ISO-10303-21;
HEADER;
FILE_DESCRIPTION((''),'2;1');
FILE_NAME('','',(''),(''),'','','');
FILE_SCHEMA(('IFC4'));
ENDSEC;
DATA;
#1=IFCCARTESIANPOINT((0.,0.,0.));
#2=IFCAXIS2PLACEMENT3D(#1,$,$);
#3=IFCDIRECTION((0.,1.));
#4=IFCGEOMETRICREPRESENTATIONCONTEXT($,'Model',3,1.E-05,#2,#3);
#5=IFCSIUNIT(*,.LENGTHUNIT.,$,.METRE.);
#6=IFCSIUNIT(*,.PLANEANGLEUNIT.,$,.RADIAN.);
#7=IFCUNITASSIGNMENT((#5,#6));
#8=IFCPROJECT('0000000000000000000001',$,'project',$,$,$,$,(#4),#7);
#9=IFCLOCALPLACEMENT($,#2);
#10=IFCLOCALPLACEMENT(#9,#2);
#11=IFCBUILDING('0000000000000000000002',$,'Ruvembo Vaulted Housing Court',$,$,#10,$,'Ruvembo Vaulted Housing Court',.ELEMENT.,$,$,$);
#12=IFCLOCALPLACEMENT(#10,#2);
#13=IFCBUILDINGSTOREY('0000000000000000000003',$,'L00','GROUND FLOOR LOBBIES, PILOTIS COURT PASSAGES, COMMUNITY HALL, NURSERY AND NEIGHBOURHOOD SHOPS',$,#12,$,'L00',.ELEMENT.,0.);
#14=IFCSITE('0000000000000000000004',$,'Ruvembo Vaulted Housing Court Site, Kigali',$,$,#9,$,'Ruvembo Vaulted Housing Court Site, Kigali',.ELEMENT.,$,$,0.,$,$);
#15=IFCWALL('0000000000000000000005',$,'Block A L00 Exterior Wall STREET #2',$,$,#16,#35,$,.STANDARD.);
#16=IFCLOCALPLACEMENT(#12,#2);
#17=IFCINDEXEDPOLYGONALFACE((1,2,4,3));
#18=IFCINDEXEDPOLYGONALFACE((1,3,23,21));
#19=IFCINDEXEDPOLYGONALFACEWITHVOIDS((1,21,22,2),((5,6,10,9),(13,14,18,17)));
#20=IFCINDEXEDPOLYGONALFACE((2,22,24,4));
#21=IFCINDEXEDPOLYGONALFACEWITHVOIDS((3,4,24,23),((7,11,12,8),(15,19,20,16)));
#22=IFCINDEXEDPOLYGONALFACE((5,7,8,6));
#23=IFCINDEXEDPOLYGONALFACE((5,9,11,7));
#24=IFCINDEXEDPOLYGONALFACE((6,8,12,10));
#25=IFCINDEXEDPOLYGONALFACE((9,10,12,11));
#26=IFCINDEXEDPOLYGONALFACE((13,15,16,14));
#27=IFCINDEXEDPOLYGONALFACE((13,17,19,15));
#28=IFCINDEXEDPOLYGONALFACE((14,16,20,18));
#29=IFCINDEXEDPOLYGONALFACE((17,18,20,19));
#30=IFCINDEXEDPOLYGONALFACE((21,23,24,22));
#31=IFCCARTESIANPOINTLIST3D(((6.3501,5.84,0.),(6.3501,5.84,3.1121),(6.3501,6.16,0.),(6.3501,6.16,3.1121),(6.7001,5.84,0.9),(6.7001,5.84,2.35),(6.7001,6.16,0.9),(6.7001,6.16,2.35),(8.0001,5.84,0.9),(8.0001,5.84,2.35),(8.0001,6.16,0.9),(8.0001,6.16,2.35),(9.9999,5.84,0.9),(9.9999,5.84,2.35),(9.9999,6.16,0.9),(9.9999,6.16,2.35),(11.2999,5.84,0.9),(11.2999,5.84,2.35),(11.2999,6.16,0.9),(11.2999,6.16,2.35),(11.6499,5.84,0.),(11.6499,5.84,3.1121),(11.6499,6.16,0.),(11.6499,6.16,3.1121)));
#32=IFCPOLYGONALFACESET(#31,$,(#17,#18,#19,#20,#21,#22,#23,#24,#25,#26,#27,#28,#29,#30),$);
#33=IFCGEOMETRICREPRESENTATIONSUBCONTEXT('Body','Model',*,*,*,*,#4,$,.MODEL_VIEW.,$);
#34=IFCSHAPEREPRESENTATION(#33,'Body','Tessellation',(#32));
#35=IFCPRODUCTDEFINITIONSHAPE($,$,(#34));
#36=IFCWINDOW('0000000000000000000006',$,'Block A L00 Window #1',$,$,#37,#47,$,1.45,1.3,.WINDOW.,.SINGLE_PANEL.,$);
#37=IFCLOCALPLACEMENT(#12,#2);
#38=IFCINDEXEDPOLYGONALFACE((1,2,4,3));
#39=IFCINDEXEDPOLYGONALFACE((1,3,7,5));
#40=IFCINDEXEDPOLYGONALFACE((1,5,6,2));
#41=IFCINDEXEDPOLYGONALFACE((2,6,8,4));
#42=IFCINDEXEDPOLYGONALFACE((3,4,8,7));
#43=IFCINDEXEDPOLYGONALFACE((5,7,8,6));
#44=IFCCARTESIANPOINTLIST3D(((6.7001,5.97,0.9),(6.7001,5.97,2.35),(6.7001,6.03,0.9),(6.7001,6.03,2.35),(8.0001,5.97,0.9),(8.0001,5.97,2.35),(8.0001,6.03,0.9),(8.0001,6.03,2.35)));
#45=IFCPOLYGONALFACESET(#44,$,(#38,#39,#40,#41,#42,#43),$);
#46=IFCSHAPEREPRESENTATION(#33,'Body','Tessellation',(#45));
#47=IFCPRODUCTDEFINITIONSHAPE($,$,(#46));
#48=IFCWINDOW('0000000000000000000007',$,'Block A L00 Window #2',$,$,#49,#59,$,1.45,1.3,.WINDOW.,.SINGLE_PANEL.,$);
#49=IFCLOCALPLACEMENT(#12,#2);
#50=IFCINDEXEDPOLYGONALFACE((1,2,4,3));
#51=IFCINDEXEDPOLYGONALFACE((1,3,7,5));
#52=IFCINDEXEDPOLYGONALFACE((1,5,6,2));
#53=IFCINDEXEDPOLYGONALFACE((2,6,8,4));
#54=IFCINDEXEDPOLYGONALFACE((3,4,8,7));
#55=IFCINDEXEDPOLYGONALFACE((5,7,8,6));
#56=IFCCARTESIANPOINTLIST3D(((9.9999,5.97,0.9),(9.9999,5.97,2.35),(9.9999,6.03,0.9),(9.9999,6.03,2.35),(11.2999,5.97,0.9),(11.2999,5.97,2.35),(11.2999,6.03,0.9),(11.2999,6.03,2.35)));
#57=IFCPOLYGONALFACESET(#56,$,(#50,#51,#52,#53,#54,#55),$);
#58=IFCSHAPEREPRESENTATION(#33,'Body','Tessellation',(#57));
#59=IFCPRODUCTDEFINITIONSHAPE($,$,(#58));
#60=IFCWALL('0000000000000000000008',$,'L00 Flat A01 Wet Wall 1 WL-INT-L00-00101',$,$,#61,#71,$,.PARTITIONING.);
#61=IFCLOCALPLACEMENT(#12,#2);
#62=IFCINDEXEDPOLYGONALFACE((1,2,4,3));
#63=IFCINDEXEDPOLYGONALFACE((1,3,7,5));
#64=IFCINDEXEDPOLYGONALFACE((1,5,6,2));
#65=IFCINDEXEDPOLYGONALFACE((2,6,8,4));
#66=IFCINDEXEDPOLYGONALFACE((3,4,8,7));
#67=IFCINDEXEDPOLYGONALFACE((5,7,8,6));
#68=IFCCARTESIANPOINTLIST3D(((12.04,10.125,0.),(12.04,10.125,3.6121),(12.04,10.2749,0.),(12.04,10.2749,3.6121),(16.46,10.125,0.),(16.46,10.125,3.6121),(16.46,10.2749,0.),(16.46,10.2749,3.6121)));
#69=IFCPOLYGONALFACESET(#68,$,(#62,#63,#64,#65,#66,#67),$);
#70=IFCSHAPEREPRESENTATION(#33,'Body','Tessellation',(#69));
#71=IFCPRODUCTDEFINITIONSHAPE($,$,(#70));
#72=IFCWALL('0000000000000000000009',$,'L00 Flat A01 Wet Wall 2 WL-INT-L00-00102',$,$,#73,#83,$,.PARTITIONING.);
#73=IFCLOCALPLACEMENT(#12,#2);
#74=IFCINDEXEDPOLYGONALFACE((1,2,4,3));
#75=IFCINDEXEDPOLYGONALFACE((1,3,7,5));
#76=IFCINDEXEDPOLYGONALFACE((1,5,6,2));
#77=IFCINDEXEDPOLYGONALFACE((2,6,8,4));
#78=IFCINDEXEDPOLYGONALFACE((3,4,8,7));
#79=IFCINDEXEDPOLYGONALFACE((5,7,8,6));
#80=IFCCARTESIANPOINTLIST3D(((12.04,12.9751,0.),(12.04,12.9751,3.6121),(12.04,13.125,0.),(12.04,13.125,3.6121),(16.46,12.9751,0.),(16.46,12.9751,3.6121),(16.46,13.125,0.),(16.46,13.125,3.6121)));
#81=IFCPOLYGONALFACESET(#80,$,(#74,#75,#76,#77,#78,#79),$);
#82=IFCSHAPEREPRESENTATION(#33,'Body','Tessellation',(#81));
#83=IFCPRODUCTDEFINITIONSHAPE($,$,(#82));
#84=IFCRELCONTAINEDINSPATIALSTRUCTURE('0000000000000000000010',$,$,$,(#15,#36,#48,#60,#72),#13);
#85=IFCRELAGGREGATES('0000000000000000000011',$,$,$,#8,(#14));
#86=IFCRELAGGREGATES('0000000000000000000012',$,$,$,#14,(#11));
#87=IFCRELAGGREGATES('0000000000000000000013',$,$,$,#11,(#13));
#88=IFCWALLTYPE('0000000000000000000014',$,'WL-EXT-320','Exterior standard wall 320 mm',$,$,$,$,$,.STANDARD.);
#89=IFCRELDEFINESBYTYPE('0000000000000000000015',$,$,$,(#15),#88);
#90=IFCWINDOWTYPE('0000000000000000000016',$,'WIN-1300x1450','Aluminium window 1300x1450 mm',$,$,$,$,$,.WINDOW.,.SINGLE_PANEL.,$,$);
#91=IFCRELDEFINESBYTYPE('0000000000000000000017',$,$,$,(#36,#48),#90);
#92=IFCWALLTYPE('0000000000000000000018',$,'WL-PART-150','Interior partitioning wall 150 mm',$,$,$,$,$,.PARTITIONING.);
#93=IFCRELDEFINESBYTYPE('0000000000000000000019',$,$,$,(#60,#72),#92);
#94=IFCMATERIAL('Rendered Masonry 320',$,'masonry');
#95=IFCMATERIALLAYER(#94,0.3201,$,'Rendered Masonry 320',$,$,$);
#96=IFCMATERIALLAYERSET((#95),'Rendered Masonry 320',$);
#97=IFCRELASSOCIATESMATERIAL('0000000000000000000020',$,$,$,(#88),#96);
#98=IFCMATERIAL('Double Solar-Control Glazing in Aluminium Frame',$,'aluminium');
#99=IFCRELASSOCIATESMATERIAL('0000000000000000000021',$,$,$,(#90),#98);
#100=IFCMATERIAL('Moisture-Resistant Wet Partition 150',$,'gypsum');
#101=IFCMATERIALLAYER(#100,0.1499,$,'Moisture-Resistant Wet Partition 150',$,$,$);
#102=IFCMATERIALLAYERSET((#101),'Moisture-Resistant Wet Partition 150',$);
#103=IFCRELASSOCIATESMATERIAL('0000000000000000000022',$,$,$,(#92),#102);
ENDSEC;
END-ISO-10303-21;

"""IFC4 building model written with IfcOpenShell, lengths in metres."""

from ifc_helpers import new_model, si_unit, direction, frame, frame_2d, origin, place, context, subcontext, project, spatial, rectangle, extrude, material, layer, layer_set, type_object, element, fill, save


model = new_model("IFC4")

# Units and contexts
model_context = context("Model", 3, precision=1e-05, world=origin(), true_north=direction((0.0, 1.0)))
body_context = subcontext(model_context, "Body", "Model", "MODEL_VIEW")
ifc_project = project(units=[si_unit("LENGTHUNIT", "METRE"), si_unit("PLANEANGLEUNIT", "RADIAN")], contexts=[model_context])

# Site, building, storey
site_placement = place(None, origin())
site = spatial("IfcSite", under=ifc_project, at=site_placement, Name="Ruvembo Vaulted Housing Court Site, Kigali", LongName="Ruvembo Vaulted Housing Court Site, Kigali", CompositionType="ELEMENT", RefElevation=0.0)
building_placement = place(site_placement, origin())
building = spatial("IfcBuilding", under=site, at=building_placement, Name="Ruvembo Vaulted Housing Court", LongName="Ruvembo Vaulted Housing Court", CompositionType="ELEMENT")
storey_placement = place(building_placement, origin())
storey = spatial("IfcBuildingStorey", under=building, at=storey_placement, Name="L00", Description="GROUND FLOOR LOBBIES, PILOTIS COURT PASSAGES, COMMUNITY HALL, NURSERY AND NEIGHBOURHOOD SHOPS", LongName="L00", CompositionType="ELEMENT", Elevation=0.0)

# Wall, openings, windows
ifc_material_1 = material(Name="Rendered Masonry 320", Category="masonry")
ifc_layer_1 = layer(ifc_material_1, 0.3201, Name="Rendered Masonry 320")
ifc_layer_set_1 = layer_set([ifc_layer_1], Name="Rendered Masonry 320")
wall_type_1 = type_object("IfcWallType", Name="WL-EXT-320", Description="Exterior standard wall 320 mm", PredefinedType="STANDARD", material=ifc_layer_set_1)
wall_1_placement = place(storey_placement, frame((6.3501, 6.0, 0.0), z_axis=(0.0, 0.0, 1.0), x_axis=(1.0, 0.0, 0.0)))
wall_1 = element("IfcWall", 1, at=wall_1_placement, inside=storey, type_object=wall_type_1, Name="Block A L00 Exterior Wall STREET #2", PredefinedType="STANDARD", context=body_context, shape_type="SweptSolid", body=[
    extrude(rectangle(XDim=5.2998, YDim=0.3201, at=frame_2d((2.6499, 0.0))), origin(), (0.0, 0.0, 1.0), 3.1121),
])
opening_1_placement = place(wall_1_placement, frame((0.3501, 0.0, 0.8999)))
opening_1 = element("IfcOpeningElement", 2, at=opening_1_placement, cuts=wall_1, PredefinedType="OPENING", context=body_context, shape_type="SweptSolid", body=[
    extrude(rectangle(XDim=1.3, YDim=1.45, at=frame_2d((0.6499, 0.7251))), frame((0.0, 0.1699, 0.0), z_axis=(0.0, -1.0, 0.0), x_axis=(1.0, 0.0, 0.0)), (0.0, 0.0, 1.0), 0.3401),
])
opening_2_placement = place(wall_1_placement, frame((3.6499, 0.0, 0.8999)))
opening_2 = element("IfcOpeningElement", 3, at=opening_2_placement, cuts=wall_1, PredefinedType="OPENING", context=body_context, shape_type="SweptSolid", body=[
    extrude(rectangle(XDim=1.3, YDim=1.45, at=frame_2d((0.6499, 0.7251))), frame((0.0, 0.1699, 0.0), z_axis=(0.0, -1.0, 0.0), x_axis=(1.0, 0.0, 0.0)), (0.0, 0.0, 1.0), 0.3401),
])
ifc_material_2 = material(Name="Double Solar-Control Glazing in Aluminium Frame", Category="aluminium")
window_type = type_object("IfcWindowType", Name="WIN-1300x1450", Description="Aluminium window 1300x1450 mm", PartitioningType="SINGLE_PANEL", PredefinedType="WINDOW", material=ifc_material_2)
window_1_placement = place(opening_1_placement, origin())
window_1 = element("IfcWindow", 4, at=window_1_placement, inside=storey, type_object=window_type, Name="Block A L00 Window #1", OverallHeight=1.45, OverallWidth=1.3, PartitioningType="SINGLE_PANEL", PredefinedType="WINDOW", context=body_context, shape_type="SweptSolid", body=[
    extrude(rectangle(XDim=1.3, YDim=1.45, at=frame_2d((0.6499, 0.7251))), frame((0.0, 0.03, 0.0), z_axis=(0.0, -1.0, 0.0), x_axis=(1.0, 0.0, 0.0)), (0.0, 0.0, 1.0), 0.0601),
])
fill(opening_1, window_1)
window_2_placement = place(opening_2_placement, origin())
window_2 = element("IfcWindow", 5, at=window_2_placement, inside=storey, type_object=window_type, Name="Block A L00 Window #2", OverallHeight=1.45, OverallWidth=1.3, PartitioningType="SINGLE_PANEL", PredefinedType="WINDOW", context=body_context, shape_type="SweptSolid", body=[
    extrude(rectangle(XDim=1.3, YDim=1.45, at=frame_2d((0.6499, 0.7251))), frame((0.0, 0.03, 0.0), z_axis=(0.0, -1.0, 0.0), x_axis=(1.0, 0.0, 0.0)), (0.0, 0.0, 1.0), 0.0601),
])
fill(opening_2, window_2)

# Walls
ifc_material_3 = material(Name="Moisture-Resistant Wet Partition 150", Category="gypsum")
ifc_layer_2 = layer(ifc_material_3, 0.1499, Name="Moisture-Resistant Wet Partition 150")
ifc_layer_set_2 = layer_set([ifc_layer_2], Name="Moisture-Resistant Wet Partition 150")
wall_type_2 = type_object("IfcWallType", Name="WL-PART-150", Description="Interior partitioning wall 150 mm", PredefinedType="PARTITIONING", material=ifc_layer_set_2)
for number, where, z_axis, x_axis, name in (
    (6, (12.04, 10.2, 0.0), (0.0, 0.0, 1.0), (1.0, 0.0, 0.0), "L00 Flat A01 Wet Wall 1 WL-INT-L00-00101"),
    (7, (12.04, 13.05, 0.0), (0.0, 0.0, 1.0), (1.0, 0.0, 0.0), "L00 Flat A01 Wet Wall 2 WL-INT-L00-00102"),
):
    element("IfcWall", number, at=place(storey_placement, frame(where, z_axis=z_axis, x_axis=x_axis)), inside=storey, type_object=wall_type_2, Name=name, PredefinedType="PARTITIONING", context=body_context, shape_type="SweptSolid", body=[
        extrude(rectangle(XDim=4.4199, YDim=0.1499, at=frame_2d((2.21, 0.0))), origin(), (0.0, 0.0, 1.0), 3.6121),
    ])

save(model, "model.ifc")
